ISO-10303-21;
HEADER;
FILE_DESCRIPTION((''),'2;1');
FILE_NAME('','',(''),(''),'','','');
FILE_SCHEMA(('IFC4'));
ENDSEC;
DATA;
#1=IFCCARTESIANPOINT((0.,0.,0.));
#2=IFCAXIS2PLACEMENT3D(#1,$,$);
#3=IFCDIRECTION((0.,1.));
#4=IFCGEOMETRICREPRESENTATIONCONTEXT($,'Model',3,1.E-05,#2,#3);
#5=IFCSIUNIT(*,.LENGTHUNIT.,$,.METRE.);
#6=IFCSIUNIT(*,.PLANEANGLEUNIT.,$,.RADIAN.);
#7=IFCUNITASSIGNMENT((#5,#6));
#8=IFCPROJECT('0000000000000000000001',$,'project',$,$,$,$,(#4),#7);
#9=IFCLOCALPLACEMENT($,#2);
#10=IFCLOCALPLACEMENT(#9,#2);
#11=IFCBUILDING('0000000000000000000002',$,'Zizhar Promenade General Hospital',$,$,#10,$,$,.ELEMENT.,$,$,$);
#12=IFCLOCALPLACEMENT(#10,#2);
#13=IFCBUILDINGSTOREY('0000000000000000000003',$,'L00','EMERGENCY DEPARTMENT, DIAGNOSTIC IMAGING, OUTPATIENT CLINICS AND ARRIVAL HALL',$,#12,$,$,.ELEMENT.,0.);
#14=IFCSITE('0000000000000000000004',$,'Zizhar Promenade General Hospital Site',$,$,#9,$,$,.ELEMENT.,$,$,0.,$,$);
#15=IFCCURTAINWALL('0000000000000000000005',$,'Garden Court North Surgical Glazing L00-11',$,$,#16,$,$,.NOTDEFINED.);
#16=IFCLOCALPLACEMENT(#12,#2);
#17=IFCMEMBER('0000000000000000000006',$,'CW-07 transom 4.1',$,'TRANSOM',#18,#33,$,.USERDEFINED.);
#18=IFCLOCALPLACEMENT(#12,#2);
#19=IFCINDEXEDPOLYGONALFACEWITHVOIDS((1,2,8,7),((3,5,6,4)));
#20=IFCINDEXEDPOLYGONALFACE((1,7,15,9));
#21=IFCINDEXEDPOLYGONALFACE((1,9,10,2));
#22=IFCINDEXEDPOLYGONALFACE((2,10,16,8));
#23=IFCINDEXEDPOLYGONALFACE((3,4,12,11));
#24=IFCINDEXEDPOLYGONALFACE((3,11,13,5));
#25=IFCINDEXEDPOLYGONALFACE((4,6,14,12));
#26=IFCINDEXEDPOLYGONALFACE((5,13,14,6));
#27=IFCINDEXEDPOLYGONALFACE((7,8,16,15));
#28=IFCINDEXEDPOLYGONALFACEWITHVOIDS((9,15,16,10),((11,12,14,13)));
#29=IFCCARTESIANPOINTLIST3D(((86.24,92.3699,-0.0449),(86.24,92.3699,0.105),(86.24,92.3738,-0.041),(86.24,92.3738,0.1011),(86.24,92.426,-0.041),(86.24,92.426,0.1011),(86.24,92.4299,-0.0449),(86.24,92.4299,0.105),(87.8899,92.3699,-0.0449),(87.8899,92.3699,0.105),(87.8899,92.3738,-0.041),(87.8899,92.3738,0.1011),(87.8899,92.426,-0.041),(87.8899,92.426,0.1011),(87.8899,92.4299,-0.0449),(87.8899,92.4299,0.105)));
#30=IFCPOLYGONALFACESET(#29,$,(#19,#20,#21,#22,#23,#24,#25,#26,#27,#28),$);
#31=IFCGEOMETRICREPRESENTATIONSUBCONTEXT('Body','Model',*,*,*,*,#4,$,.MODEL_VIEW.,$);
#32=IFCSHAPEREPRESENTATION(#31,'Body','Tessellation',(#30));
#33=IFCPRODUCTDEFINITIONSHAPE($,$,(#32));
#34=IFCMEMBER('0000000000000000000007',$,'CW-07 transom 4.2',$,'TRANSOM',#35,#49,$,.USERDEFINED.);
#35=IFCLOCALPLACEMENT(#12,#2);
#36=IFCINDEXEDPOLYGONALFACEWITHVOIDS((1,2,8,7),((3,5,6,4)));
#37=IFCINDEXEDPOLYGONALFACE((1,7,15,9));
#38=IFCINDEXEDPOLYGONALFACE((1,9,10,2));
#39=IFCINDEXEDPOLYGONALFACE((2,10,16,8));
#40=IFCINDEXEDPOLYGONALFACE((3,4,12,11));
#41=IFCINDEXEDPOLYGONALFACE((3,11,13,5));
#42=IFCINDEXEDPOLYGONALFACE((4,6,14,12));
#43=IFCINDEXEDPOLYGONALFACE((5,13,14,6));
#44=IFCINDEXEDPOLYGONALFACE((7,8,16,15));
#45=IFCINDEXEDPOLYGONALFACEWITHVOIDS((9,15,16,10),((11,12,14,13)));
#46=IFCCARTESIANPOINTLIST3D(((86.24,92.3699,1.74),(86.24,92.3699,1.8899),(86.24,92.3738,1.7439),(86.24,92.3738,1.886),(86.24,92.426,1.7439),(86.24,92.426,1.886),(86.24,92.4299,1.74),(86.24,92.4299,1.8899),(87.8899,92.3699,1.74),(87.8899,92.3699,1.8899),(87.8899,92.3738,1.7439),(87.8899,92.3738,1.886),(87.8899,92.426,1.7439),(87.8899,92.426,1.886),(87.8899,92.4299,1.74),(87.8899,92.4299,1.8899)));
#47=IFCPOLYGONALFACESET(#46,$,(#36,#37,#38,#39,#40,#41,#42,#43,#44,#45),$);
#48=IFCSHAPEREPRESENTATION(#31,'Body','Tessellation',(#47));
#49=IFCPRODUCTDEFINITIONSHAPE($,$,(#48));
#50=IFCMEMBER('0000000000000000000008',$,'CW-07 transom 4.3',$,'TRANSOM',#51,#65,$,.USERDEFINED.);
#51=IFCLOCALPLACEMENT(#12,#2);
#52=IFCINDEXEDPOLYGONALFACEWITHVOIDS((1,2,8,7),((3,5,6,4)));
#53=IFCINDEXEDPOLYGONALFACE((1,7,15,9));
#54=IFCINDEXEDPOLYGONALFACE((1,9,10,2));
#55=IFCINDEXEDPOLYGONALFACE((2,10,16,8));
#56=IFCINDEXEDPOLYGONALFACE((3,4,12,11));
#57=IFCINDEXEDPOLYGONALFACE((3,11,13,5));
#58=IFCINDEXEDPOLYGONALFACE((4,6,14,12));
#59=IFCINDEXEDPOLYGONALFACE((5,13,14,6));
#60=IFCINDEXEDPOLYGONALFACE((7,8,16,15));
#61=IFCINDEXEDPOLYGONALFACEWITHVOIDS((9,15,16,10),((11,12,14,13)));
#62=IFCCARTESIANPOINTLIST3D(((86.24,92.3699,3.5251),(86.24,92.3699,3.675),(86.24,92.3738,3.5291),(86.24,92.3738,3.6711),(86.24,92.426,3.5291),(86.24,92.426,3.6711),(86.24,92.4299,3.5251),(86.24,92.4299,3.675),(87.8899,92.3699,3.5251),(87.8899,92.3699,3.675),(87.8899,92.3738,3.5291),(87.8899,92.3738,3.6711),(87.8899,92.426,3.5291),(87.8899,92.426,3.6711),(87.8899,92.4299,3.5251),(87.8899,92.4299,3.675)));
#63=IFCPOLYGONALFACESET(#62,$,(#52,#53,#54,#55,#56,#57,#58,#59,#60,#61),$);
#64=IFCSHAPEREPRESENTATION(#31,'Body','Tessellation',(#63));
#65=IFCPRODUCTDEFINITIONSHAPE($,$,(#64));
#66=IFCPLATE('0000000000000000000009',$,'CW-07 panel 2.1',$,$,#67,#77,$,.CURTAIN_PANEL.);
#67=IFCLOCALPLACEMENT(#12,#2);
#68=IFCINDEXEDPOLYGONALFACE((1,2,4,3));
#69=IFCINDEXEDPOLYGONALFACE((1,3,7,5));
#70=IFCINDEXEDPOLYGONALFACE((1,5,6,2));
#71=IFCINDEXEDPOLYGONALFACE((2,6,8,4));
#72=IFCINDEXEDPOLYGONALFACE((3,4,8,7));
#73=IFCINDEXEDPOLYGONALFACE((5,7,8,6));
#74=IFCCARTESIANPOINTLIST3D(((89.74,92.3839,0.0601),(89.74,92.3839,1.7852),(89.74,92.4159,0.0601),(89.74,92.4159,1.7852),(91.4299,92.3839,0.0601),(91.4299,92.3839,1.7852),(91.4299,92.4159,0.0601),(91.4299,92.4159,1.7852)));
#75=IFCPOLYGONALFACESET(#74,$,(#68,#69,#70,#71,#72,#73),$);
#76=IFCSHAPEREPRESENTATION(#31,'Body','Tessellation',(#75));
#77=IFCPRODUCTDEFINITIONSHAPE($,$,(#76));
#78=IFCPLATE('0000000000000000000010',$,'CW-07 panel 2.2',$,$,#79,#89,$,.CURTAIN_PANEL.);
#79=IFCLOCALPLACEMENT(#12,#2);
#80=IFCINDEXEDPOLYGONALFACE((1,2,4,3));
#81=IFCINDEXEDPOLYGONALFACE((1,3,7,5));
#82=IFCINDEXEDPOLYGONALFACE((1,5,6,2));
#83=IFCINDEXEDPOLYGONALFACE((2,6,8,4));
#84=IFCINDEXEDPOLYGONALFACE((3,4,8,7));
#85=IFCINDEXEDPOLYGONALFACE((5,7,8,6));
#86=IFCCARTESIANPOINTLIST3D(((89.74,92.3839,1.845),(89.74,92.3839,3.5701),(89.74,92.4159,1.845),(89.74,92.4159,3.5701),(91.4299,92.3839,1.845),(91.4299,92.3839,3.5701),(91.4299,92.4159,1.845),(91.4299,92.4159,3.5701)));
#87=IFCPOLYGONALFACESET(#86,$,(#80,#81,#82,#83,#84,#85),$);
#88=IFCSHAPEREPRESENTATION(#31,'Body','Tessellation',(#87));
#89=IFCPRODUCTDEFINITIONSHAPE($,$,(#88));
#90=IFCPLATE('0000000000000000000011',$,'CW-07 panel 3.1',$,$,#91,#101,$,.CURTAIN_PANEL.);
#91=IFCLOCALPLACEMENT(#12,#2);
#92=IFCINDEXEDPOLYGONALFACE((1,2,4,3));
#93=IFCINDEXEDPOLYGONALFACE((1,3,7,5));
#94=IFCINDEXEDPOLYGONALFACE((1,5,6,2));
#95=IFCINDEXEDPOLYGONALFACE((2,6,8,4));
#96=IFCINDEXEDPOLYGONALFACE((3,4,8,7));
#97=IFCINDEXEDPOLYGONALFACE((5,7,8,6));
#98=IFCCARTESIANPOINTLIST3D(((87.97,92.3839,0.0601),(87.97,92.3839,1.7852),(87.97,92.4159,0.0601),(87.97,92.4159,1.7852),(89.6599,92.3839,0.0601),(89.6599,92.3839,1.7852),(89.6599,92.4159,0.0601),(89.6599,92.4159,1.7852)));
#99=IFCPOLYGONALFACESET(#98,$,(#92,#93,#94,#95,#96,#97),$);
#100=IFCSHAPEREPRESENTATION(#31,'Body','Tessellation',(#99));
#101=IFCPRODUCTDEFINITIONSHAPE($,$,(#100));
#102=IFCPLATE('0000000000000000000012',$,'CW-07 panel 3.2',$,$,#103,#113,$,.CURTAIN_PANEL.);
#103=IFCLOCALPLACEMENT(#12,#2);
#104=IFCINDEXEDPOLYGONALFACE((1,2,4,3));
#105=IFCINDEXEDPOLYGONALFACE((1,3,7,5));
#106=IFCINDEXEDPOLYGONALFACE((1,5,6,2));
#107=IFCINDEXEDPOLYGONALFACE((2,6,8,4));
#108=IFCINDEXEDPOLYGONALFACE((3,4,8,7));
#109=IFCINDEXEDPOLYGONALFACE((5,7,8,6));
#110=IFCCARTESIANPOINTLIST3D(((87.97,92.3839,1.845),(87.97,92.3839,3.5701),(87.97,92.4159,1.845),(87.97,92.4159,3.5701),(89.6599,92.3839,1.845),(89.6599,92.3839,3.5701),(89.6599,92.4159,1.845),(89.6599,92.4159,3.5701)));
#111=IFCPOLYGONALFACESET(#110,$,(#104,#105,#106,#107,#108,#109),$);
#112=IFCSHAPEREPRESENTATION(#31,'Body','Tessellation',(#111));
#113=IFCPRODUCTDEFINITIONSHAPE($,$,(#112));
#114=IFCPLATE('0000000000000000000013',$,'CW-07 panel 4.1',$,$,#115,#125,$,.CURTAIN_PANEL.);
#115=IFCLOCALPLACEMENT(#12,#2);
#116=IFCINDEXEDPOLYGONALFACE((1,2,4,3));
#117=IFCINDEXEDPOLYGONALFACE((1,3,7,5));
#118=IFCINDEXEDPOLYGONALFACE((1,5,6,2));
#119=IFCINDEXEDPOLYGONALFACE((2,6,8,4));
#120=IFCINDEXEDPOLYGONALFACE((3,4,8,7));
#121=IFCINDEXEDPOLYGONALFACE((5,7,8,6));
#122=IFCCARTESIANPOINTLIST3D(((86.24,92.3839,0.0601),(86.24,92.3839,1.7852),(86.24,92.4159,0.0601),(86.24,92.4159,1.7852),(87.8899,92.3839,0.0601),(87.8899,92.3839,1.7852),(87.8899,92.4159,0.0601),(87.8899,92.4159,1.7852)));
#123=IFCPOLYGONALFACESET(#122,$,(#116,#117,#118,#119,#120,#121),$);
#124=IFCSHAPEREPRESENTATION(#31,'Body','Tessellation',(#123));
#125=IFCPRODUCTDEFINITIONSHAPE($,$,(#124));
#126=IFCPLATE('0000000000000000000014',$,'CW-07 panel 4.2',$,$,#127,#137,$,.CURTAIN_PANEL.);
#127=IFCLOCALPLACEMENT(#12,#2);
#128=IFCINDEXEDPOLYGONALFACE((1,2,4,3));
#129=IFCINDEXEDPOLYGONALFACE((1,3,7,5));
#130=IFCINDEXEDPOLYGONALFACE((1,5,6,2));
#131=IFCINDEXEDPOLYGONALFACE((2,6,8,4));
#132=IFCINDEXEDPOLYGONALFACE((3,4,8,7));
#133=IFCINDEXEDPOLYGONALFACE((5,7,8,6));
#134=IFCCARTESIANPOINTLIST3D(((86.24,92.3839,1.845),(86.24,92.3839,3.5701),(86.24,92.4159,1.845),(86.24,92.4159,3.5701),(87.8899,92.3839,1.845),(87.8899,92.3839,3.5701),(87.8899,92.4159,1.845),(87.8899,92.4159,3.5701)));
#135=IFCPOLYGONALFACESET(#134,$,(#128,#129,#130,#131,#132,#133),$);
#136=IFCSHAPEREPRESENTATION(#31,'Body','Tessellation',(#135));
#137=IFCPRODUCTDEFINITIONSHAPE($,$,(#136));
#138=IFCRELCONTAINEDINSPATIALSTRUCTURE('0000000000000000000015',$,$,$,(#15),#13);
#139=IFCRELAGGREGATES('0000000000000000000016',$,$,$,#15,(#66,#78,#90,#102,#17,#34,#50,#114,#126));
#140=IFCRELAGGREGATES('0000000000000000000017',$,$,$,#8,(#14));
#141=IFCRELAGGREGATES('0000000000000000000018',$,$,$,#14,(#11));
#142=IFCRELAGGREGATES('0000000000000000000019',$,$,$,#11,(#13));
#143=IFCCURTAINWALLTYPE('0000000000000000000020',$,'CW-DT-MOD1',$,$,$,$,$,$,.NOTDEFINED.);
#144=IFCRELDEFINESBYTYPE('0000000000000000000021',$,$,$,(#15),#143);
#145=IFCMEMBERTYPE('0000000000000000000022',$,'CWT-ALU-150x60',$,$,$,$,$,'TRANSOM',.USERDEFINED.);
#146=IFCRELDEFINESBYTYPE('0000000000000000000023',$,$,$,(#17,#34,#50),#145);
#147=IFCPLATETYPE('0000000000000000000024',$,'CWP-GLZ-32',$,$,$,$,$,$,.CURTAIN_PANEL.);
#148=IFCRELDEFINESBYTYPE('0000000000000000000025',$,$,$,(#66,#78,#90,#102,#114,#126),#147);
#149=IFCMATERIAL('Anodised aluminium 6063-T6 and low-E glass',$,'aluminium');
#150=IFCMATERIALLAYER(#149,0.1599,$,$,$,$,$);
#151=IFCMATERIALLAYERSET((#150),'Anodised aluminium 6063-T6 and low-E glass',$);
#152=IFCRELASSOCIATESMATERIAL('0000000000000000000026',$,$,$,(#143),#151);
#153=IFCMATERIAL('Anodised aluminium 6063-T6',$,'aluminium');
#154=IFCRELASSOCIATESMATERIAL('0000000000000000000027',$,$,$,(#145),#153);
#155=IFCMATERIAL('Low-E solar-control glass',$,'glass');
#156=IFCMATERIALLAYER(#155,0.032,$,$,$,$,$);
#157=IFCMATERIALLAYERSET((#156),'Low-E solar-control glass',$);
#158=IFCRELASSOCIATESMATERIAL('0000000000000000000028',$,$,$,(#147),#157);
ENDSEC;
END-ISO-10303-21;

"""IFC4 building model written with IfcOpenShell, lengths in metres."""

from ifc_helpers import new_model, si_unit, direction, frame, origin, origin_2d, place, context, subcontext, project, spatial, rectangle, hollow_rectangle, extrude, material, layer, layer_set, material_profile, profile_set, type_object, element, aggregate, save


model = new_model("IFC4")

# Units and contexts
model_context = context("Model", 3, precision=1e-05, world=origin(), true_north=direction((0.0, 1.0)))
body_context = subcontext(model_context, "Body", "Model", "MODEL_VIEW")
ifc_project = project(units=[si_unit("LENGTHUNIT", "METRE"), si_unit("PLANEANGLEUNIT", "RADIAN")], contexts=[model_context])

# Site, building, storey
site_placement = place(None, origin())
site = spatial("IfcSite", under=ifc_project, at=site_placement, Name="Zizhar Promenade General Hospital Site", CompositionType="ELEMENT", RefElevation=0.0)
building_placement = place(site_placement, origin())
building = spatial("IfcBuilding", under=site, at=building_placement, Name="Zizhar Promenade General Hospital", CompositionType="ELEMENT")
storey_placement = place(building_placement, origin())
storey = spatial("IfcBuildingStorey", under=building, at=storey_placement, Name="L00", Description="EMERGENCY DEPARTMENT, DIAGNOSTIC IMAGING, OUTPATIENT CLINICS AND ARRIVAL HALL", CompositionType="ELEMENT", Elevation=0.0)

# Curtain wall, members, plates
ifc_material_1 = material(Name="Anodised aluminium 6063-T6 and low-E glass", Category="aluminium")
ifc_layer_1 = layer(ifc_material_1, 0.1599)
ifc_layer_set_1 = layer_set([ifc_layer_1], Name="Anodised aluminium 6063-T6 and low-E glass")
curtain_wall_type = type_object("IfcCurtainWallType", Name="CW-DT-MOD1", PredefinedType="NOTDEFINED", material=ifc_layer_set_1)
curtain_wall_placement = place(storey_placement, origin())
curtain_wall = element("IfcCurtainWall", 1, at=curtain_wall_placement, inside=storey, type_object=curtain_wall_type, Name="Garden Court North Surgical Glazing L00-11", PredefinedType="NOTDEFINED")
ifc_material_2 = material(Name="Anodised aluminium 6063-T6", Category="aluminium")
ifc_material_profile_1 = material_profile(ifc_material_2, hollow_rectangle(XDim=0.0601, YDim=0.1499, WallThickness=0.0039, at=origin_2d()))
ifc_profile_set_1 = profile_set([ifc_material_profile_1], Name="Anodised aluminium 6063-T6")
member_type_1 = type_object("IfcMemberType", Name="CWT-ALU-150x60", ElementType="TRANSOM", PredefinedType="USERDEFINED", material=ifc_profile_set_1)
member_1_placement = place(storey_placement, frame((87.8899, 92.3999, 0.03), z_axis=(-1.0, 0.0, 0.0), x_axis=(0.0, -1.0, 0.0)))
member_1 = element("IfcMember", 2, at=member_1_placement, type_object=member_type_1, Name="CW-07 transom 4.1", ObjectType="TRANSOM", PredefinedType="USERDEFINED", context=body_context, shape_type="SweptSolid", body=[
    extrude(hollow_rectangle(XDim=0.0601, YDim=0.1499, WallThickness=0.0039, at=origin_2d()), origin(), (0.0, 0.0, 1.0), 1.6499),
])
member_2_placement = place(storey_placement, frame((87.8899, 92.3999, 1.8149), z_axis=(-1.0, 0.0, 0.0), x_axis=(0.0, -1.0, 0.0)))
member_2 = element("IfcMember", 3, at=member_2_placement, type_object=member_type_1, Name="CW-07 transom 4.2", ObjectType="TRANSOM", PredefinedType="USERDEFINED", context=body_context, shape_type="SweptSolid", body=[
    extrude(hollow_rectangle(XDim=0.0601, YDim=0.1499, WallThickness=0.0039, at=origin_2d()), origin(), (0.0, 0.0, 1.0), 1.6499),
])
member_3_placement = place(storey_placement, frame((87.8899, 92.3999, 3.6001), z_axis=(-1.0, 0.0, 0.0), x_axis=(0.0, -1.0, 0.0)))
member_3 = element("IfcMember", 4, at=member_3_placement, type_object=member_type_1, Name="CW-07 transom 4.3", ObjectType="TRANSOM", PredefinedType="USERDEFINED", context=body_context, shape_type="SweptSolid", body=[
    extrude(hollow_rectangle(XDim=0.0601, YDim=0.1499, WallThickness=0.0039, at=origin_2d()), origin(), (0.0, 0.0, 1.0), 1.6499),
])
ifc_material_3 = material(Name="Low-E solar-control glass", Category="glass")
ifc_layer_2 = layer(ifc_material_3, 0.032)
ifc_layer_set_2 = layer_set([ifc_layer_2], Name="Low-E solar-control glass")
plate_type = type_object("IfcPlateType", Name="CWP-GLZ-32", PredefinedType="CURTAIN_PANEL", material=ifc_layer_set_2)
plate_1_placement = place(storey_placement, frame((90.585, 92.3999, 0.0601), z_axis=(0.0, 0.0, 1.0), x_axis=(-1.0, 0.0, 0.0)))
plate_1 = element("IfcPlate", 5, at=plate_1_placement, type_object=plate_type, Name="CW-07 panel 2.1", PredefinedType="CURTAIN_PANEL", context=body_context, shape_type="SweptSolid", body=[
    extrude(rectangle(XDim=1.6899, YDim=0.032, at=origin_2d()), origin(), (0.0, 0.0, 1.0), 1.7251),
])
plate_2_placement = place(storey_placement, frame((90.585, 92.3999, 1.845), z_axis=(0.0, 0.0, 1.0), x_axis=(-1.0, 0.0, 0.0)))
plate_2 = element("IfcPlate", 6, at=plate_2_placement, type_object=plate_type, Name="CW-07 panel 2.2", PredefinedType="CURTAIN_PANEL", context=body_context, shape_type="SweptSolid", body=[
    extrude(rectangle(XDim=1.6899, YDim=0.032, at=origin_2d()), origin(), (0.0, 0.0, 1.0), 1.7251),
])
plate_3_placement = place(storey_placement, frame((88.8149, 92.3999, 0.0601), z_axis=(0.0, 0.0, 1.0), x_axis=(-1.0, 0.0, 0.0)))
plate_3 = element("IfcPlate", 7, at=plate_3_placement, type_object=plate_type, Name="CW-07 panel 3.1", PredefinedType="CURTAIN_PANEL", context=body_context, shape_type="SweptSolid", body=[
    extrude(rectangle(XDim=1.6899, YDim=0.032, at=origin_2d()), origin(), (0.0, 0.0, 1.0), 1.7251),
])
plate_4_placement = place(storey_placement, frame((88.8149, 92.3999, 1.845), z_axis=(0.0, 0.0, 1.0), x_axis=(-1.0, 0.0, 0.0)))
plate_4 = element("IfcPlate", 8, at=plate_4_placement, type_object=plate_type, Name="CW-07 panel 3.2", PredefinedType="CURTAIN_PANEL", context=body_context, shape_type="SweptSolid", body=[
    extrude(rectangle(XDim=1.6899, YDim=0.032, at=origin_2d()), origin(), (0.0, 0.0, 1.0), 1.7251),
])
plate_5_placement = place(storey_placement, frame((87.0649, 92.3999, 0.0601), z_axis=(0.0, 0.0, 1.0), x_axis=(-1.0, 0.0, 0.0)))
plate_5 = element("IfcPlate", 9, at=plate_5_placement, type_object=plate_type, Name="CW-07 panel 4.1", PredefinedType="CURTAIN_PANEL", context=body_context, shape_type="SweptSolid", body=[
    extrude(rectangle(XDim=1.6499, YDim=0.032, at=origin_2d()), origin(), (0.0, 0.0, 1.0), 1.7251),
])
plate_6_placement = place(storey_placement, frame((87.0649, 92.3999, 1.845), z_axis=(0.0, 0.0, 1.0), x_axis=(-1.0, 0.0, 0.0)))
plate_6 = element("IfcPlate", 10, at=plate_6_placement, type_object=plate_type, Name="CW-07 panel 4.2", PredefinedType="CURTAIN_PANEL", context=body_context, shape_type="SweptSolid", body=[
    extrude(rectangle(XDim=1.6499, YDim=0.032, at=origin_2d()), origin(), (0.0, 0.0, 1.0), 1.7251),
])
aggregate(curtain_wall, [plate_1, plate_2, plate_3, plate_4, member_1, member_2, member_3, plate_5, plate_6])

save(model, "model.ifc")
